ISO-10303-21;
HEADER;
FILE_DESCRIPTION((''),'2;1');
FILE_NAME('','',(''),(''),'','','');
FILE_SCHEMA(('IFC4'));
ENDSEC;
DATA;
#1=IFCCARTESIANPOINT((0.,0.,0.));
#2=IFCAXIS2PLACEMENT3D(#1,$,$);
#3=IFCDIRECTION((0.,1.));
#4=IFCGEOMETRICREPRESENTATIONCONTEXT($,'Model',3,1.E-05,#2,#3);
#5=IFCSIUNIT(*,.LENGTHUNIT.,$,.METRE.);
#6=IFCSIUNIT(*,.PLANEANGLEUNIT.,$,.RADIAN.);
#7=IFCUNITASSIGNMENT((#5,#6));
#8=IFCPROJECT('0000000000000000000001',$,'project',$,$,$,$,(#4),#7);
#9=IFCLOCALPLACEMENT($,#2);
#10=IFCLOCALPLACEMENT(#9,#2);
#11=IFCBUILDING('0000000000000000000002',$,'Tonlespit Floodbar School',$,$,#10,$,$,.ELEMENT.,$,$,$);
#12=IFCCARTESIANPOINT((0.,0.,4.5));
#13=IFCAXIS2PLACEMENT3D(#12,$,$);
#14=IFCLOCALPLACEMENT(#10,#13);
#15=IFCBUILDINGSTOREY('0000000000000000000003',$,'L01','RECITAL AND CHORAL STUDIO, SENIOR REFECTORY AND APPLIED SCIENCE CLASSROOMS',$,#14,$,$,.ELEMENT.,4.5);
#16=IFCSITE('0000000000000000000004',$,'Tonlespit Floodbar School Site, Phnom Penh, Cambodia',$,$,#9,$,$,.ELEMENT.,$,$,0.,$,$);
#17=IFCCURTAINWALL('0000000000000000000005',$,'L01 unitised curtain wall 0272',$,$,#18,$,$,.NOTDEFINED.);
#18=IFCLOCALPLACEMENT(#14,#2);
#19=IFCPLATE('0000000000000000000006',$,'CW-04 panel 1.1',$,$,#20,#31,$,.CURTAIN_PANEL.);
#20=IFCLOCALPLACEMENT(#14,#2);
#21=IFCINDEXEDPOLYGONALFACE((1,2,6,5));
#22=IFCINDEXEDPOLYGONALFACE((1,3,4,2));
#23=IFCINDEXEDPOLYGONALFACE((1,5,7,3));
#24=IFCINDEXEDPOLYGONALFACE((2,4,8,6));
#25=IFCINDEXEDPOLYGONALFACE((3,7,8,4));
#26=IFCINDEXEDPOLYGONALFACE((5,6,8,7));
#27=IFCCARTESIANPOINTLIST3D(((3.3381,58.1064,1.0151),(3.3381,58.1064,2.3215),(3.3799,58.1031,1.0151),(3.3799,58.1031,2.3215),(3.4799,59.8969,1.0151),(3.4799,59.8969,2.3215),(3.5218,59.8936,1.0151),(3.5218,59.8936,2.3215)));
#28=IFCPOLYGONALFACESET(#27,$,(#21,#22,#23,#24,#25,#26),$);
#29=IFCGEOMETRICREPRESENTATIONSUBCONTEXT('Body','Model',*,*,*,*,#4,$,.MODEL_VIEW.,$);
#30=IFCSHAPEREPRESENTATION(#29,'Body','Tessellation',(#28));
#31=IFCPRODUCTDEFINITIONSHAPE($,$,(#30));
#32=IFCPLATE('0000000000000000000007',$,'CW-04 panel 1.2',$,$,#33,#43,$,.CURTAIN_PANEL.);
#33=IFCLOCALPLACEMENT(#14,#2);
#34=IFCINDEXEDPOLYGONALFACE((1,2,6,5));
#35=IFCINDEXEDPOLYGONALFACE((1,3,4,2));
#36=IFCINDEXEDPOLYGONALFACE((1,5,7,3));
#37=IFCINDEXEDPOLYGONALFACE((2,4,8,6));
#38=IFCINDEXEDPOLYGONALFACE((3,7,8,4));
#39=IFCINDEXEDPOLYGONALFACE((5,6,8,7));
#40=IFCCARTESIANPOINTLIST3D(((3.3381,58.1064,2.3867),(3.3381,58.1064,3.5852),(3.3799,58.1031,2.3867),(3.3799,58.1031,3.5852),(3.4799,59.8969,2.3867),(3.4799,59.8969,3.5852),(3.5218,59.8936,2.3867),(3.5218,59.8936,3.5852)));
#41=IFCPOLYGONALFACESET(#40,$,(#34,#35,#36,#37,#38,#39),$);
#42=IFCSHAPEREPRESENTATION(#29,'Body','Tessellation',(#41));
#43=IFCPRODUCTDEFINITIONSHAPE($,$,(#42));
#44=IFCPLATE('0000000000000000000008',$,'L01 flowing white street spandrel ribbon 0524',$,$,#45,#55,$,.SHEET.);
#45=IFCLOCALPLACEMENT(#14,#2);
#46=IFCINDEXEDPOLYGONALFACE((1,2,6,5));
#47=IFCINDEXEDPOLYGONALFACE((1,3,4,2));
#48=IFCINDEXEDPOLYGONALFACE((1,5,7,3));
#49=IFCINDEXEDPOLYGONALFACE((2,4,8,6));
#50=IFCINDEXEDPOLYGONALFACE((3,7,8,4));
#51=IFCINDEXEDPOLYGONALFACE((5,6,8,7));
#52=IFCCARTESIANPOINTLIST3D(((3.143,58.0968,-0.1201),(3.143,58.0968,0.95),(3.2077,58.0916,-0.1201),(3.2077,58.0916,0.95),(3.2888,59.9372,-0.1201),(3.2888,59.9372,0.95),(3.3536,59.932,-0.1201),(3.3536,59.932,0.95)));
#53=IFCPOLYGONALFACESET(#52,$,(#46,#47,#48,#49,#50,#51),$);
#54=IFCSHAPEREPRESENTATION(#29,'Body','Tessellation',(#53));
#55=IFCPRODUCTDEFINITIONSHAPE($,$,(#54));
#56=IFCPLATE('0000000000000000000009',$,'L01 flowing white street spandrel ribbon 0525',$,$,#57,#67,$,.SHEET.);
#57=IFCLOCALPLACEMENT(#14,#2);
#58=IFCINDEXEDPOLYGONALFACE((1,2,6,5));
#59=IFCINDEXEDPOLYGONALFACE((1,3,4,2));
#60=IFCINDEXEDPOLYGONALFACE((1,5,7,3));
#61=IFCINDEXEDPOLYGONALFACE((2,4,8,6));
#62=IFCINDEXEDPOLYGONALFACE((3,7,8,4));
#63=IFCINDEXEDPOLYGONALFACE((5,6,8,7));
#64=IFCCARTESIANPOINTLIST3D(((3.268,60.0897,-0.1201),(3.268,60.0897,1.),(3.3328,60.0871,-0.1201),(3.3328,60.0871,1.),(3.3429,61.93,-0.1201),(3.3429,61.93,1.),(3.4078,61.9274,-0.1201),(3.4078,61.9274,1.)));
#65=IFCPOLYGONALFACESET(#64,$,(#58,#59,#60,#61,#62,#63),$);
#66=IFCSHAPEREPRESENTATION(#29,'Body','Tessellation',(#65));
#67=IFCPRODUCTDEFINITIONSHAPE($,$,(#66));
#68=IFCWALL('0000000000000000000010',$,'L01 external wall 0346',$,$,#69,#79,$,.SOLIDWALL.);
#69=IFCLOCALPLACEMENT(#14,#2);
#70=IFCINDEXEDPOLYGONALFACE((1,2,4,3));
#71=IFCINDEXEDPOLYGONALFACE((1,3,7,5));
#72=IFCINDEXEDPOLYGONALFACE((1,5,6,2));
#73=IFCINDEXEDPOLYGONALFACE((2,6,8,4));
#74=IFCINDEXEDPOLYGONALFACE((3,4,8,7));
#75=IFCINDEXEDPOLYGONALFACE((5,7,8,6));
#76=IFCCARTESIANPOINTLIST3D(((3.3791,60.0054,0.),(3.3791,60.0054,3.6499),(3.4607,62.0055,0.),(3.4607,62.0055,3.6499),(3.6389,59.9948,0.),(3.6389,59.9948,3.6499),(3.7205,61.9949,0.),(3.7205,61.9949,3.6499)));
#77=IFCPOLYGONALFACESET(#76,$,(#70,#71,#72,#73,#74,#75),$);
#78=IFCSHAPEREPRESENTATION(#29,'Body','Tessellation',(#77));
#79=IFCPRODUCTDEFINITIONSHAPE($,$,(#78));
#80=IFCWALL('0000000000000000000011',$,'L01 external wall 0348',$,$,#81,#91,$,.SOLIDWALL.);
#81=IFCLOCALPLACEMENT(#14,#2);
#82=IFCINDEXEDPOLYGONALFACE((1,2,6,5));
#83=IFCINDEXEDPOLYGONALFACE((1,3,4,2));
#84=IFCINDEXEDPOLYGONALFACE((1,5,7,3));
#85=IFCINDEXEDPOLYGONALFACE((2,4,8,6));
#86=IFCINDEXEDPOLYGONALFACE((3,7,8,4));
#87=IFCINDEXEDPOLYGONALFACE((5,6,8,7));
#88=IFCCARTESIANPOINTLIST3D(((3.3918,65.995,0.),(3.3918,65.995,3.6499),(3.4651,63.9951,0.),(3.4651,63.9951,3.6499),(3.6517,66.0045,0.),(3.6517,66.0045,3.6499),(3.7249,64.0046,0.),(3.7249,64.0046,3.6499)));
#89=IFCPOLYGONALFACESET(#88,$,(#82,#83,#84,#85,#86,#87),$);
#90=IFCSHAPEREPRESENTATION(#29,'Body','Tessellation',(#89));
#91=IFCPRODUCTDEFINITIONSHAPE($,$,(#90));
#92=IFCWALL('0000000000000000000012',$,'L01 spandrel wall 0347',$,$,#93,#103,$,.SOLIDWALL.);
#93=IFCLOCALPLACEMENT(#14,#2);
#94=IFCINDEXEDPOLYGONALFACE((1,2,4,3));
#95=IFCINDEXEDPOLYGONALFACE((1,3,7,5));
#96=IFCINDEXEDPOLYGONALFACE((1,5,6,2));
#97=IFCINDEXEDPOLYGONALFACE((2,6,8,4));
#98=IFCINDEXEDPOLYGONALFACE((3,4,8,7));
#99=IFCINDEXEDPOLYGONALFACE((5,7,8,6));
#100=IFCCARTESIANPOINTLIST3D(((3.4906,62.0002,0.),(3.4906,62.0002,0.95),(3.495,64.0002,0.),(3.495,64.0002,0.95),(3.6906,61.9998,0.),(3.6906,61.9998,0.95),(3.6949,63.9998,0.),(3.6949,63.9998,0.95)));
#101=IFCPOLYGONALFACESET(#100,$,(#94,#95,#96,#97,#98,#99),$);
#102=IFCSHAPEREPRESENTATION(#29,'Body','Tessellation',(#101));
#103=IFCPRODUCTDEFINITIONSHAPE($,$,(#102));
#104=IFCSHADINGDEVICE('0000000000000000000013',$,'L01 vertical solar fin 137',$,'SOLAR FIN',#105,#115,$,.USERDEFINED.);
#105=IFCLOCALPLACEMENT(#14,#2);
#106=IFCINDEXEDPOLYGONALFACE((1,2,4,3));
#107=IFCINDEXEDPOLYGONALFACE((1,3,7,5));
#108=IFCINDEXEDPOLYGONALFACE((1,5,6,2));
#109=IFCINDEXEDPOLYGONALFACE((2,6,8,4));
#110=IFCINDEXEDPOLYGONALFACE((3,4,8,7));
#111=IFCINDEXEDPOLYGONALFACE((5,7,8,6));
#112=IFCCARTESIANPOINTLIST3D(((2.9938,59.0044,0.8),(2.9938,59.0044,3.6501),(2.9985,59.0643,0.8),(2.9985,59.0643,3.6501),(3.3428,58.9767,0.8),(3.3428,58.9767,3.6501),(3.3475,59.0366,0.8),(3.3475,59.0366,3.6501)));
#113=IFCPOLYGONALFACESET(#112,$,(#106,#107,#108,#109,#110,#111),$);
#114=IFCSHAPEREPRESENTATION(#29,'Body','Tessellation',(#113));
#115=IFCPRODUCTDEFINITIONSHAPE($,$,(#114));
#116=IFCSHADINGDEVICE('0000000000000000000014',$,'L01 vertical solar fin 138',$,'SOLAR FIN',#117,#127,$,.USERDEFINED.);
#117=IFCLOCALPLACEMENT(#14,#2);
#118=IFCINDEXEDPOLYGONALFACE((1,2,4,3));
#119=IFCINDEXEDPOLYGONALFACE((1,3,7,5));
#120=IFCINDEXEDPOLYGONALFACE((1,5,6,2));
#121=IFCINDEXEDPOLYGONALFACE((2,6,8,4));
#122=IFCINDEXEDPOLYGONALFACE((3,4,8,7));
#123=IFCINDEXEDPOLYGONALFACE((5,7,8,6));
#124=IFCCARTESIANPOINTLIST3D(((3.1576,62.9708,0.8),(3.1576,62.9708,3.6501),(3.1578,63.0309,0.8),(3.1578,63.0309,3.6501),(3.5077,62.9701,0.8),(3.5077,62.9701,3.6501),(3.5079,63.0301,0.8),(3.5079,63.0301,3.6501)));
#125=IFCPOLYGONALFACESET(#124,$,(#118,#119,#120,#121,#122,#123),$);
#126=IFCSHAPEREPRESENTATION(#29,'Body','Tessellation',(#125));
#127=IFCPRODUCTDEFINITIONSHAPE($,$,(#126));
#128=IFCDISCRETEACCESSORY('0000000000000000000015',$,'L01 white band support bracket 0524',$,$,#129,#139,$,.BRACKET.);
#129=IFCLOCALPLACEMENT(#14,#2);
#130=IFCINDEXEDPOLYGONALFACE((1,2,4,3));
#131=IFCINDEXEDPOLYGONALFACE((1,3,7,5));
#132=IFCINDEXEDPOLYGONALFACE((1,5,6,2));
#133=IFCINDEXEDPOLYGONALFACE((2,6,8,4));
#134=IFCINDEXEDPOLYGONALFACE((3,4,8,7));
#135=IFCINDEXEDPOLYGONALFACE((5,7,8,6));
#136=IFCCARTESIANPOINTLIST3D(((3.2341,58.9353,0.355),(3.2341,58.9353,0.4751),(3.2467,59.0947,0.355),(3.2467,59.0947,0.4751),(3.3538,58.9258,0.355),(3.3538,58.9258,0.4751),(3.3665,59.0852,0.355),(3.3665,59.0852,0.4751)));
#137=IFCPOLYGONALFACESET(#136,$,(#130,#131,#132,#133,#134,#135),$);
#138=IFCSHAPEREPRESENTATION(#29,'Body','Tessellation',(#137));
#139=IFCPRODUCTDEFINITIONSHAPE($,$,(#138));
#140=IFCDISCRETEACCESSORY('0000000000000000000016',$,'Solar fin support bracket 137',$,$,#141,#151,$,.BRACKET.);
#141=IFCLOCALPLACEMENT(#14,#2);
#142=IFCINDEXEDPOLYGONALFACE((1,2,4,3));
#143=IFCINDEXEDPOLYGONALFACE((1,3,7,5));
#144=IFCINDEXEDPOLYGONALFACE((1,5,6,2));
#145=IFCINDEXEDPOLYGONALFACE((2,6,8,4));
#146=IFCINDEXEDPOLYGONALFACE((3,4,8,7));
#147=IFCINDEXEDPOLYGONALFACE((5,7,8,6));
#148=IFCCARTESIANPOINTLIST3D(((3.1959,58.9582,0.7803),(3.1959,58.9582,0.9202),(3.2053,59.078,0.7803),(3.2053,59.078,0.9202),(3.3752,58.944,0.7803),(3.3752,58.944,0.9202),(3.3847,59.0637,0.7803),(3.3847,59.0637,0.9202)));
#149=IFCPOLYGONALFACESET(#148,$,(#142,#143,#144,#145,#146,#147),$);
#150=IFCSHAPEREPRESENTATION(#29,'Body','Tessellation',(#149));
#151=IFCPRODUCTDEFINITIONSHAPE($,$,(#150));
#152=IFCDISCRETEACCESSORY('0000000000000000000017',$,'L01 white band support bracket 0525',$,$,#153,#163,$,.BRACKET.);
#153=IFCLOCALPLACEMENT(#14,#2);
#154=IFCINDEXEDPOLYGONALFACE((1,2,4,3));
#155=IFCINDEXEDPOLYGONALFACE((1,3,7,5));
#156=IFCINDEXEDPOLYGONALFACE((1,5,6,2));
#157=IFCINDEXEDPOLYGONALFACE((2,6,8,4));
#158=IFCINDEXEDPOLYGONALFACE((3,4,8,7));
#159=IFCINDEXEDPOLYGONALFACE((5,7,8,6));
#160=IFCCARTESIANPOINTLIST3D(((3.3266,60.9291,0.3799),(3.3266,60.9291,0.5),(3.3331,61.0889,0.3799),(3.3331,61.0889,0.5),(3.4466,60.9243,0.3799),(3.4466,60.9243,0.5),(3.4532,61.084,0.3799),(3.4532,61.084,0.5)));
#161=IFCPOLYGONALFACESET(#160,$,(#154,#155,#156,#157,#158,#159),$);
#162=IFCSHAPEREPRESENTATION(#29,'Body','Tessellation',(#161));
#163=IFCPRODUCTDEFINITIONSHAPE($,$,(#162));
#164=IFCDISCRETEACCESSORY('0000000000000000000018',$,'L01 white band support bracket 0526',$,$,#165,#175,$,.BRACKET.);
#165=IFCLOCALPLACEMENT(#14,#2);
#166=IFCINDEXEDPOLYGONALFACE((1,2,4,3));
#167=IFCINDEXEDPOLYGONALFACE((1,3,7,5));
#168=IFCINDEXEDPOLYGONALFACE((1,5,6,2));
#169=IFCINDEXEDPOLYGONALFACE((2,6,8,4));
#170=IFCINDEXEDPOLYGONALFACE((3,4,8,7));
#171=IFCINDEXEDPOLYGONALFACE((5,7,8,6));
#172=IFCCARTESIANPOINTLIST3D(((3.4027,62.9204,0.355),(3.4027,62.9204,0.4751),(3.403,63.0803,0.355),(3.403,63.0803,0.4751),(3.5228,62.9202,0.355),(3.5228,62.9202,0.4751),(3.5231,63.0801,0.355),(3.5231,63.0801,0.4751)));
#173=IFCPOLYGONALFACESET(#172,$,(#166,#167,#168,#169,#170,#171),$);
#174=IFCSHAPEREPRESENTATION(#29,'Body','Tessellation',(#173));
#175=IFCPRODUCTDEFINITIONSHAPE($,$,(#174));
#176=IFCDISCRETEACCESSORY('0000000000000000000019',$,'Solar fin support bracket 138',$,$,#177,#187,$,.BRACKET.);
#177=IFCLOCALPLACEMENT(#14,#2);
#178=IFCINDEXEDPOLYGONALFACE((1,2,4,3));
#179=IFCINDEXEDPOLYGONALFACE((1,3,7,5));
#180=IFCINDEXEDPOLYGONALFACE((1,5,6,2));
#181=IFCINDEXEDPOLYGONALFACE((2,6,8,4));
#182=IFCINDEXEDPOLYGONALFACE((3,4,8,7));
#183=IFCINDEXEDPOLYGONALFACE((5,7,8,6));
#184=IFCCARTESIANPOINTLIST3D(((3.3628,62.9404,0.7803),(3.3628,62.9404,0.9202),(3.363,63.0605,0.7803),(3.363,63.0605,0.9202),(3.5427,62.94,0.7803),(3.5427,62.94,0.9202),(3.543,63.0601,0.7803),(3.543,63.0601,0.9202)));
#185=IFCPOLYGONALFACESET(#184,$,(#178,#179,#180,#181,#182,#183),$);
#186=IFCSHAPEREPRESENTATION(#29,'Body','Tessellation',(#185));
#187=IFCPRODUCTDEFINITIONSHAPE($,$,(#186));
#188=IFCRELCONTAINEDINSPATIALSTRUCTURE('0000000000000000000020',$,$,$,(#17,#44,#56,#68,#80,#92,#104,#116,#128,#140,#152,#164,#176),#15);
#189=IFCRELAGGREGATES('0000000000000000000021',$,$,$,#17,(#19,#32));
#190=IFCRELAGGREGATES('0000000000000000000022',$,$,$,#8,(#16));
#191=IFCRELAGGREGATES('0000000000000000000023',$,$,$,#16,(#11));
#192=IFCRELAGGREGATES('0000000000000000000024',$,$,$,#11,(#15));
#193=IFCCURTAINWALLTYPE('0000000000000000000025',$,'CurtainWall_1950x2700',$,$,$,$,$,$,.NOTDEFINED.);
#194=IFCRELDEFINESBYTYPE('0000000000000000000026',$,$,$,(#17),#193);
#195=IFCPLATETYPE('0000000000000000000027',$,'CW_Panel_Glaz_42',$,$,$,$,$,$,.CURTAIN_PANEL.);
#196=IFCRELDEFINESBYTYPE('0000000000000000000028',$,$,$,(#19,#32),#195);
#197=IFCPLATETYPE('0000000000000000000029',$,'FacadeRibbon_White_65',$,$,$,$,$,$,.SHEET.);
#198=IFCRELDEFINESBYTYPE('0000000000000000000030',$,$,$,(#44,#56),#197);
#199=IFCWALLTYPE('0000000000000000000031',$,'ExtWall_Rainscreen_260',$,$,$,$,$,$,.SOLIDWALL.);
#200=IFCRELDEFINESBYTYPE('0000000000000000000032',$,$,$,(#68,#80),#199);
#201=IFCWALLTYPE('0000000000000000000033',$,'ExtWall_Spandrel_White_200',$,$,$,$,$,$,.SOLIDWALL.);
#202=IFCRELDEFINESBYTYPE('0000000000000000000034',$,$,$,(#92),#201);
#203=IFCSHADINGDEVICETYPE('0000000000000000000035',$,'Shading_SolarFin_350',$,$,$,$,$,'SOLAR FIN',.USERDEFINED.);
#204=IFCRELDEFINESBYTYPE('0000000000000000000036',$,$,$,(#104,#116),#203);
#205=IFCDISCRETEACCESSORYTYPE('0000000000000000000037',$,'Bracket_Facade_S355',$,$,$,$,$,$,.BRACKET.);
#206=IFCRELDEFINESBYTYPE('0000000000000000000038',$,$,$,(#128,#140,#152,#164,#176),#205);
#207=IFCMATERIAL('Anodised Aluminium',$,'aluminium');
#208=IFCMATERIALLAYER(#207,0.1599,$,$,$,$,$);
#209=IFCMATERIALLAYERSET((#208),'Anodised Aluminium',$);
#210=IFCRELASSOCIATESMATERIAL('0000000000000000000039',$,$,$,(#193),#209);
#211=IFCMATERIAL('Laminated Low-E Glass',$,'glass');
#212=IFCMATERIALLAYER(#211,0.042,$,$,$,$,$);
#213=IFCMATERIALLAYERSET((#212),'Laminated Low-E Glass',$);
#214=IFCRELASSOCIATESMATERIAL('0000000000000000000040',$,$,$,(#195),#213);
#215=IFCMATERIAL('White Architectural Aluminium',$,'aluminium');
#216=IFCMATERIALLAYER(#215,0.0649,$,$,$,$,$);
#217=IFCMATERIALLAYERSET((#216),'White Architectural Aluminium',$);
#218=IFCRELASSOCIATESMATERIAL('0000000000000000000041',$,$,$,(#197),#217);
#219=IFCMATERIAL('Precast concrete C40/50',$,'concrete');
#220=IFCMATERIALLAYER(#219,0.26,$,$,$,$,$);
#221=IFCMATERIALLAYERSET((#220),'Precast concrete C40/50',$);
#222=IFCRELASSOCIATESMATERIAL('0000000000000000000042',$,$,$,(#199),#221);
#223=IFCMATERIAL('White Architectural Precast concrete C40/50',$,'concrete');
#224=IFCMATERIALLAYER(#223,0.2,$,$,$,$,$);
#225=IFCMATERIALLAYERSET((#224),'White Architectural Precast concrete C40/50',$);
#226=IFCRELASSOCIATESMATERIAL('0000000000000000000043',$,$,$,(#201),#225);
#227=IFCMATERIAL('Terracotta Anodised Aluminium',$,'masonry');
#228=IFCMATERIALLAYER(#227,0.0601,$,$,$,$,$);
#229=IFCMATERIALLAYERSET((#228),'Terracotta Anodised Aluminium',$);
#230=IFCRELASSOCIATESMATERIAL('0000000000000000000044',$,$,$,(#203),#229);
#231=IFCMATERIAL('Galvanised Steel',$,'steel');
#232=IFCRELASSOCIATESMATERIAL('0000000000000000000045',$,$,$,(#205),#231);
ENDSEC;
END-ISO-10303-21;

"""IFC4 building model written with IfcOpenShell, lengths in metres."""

from ifc_helpers import new_model, si_unit, direction, frame, frame_2d, origin, origin_2d, place, context, subcontext, project, spatial, rectangle, extrude, material, layer, layer_set, type_object, element, aggregate, save


model = new_model("IFC4")

# Units and contexts
model_context = context("Model", 3, precision=1e-05, world=origin(), true_north=direction((0.0, 1.0)))
body_context = subcontext(model_context, "Body", "Model", "MODEL_VIEW")
ifc_project = project(units=[si_unit("LENGTHUNIT", "METRE"), si_unit("PLANEANGLEUNIT", "RADIAN")], contexts=[model_context])

# Site, building, storey
site_placement = place(None, origin())
site = spatial("IfcSite", under=ifc_project, at=site_placement, Name="Tonlespit Floodbar School Site, Phnom Penh, Cambodia", CompositionType="ELEMENT", RefElevation=0.0)
building_placement = place(site_placement, origin())
building = spatial("IfcBuilding", under=site, at=building_placement, Name="Tonlespit Floodbar School", CompositionType="ELEMENT")
storey_placement = place(building_placement, frame((0.0, 0.0, 4.5)))
storey = spatial("IfcBuildingStorey", under=building, at=storey_placement, Name="L01", Description="RECITAL AND CHORAL STUDIO, SENIOR REFECTORY AND APPLIED SCIENCE CLASSROOMS", CompositionType="ELEMENT", Elevation=4.5)

# Curtain wall
ifc_material_1 = material(Name="Anodised Aluminium", Category="aluminium")
ifc_layer_1 = layer(ifc_material_1, 0.1599)
ifc_layer_set_1 = layer_set([ifc_layer_1], Name="Anodised Aluminium")
curtain_wall_type_1 = type_object("IfcCurtainWallType", Name="CurtainWall_1950x2700", PredefinedType="NOTDEFINED", material=ifc_layer_set_1)
curtain_wall_1_placement = place(storey_placement, origin())
curtain_wall_1 = element("IfcCurtainWall", 1, at=curtain_wall_1_placement, inside=storey, type_object=curtain_wall_type_1, Name="L01 unitised curtain wall 0272", PredefinedType="NOTDEFINED")

# Plates
ifc_material_2 = material(Name="Laminated Low-E Glass", Category="glass")
ifc_layer_2 = layer(ifc_material_2, 0.042)
ifc_layer_set_2 = layer_set([ifc_layer_2], Name="Laminated Low-E Glass")
plate_type_1 = type_object("IfcPlateType", Name="CW_Panel_Glaz_42", PredefinedType="CURTAIN_PANEL", material=ifc_layer_set_2)
plate_1_placement = place(storey_placement, frame((3.4299, 59.0, 1.0151), z_axis=(0.0, 0.0, 1.0), x_axis=(0.078963, 0.996878, 0.0)))
plate_1 = element("IfcPlate", 2, at=plate_1_placement, type_object=plate_type_1, Name="CW-04 panel 1.1", PredefinedType="CURTAIN_PANEL", context=body_context, shape_type="SweptSolid", body=[
    extrude(rectangle(XDim=1.7961, YDim=0.042, at=origin_2d()), origin(), (0.0, 0.0, 1.0), 1.3064),
])
plate_2_placement = place(storey_placement, frame((3.4299, 59.0, 2.3867), z_axis=(0.0, 0.0, 1.0), x_axis=(0.078963, 0.996878, 0.0)))
plate_2 = element("IfcPlate", 3, at=plate_2_placement, type_object=plate_type_1, Name="CW-04 panel 1.2", PredefinedType="CURTAIN_PANEL", context=body_context, shape_type="SweptSolid", body=[
    extrude(rectangle(XDim=1.7961, YDim=0.042, at=origin_2d()), origin(), (0.0, 0.0, 1.0), 1.1985),
])
aggregate(curtain_wall_1, [plate_1, plate_2])

# Plates
ifc_material_3 = material(Name="White Architectural Aluminium", Category="aluminium")
ifc_layer_3 = layer(ifc_material_3, 0.0649)
ifc_layer_set_3 = layer_set([ifc_layer_3], Name="White Architectural Aluminium")
plate_type_2 = type_object("IfcPlateType", Name="FacadeRibbon_White_65", PredefinedType="SHEET", material=ifc_layer_set_3)
plate_3_placement = place(storey_placement, frame((3.2483, 59.0144, -0.1201), z_axis=(0.0, 0.0, 1.0), x_axis=(0.079002, 0.996874, 0.0)))
element("IfcPlate", 4, at=plate_3_placement, inside=storey, type_object=plate_type_2, Name="L01 flowing white street spandrel ribbon 0524", PredefinedType="SHEET", context=body_context, shape_type="SweptSolid", body=[
    extrude(rectangle(XDim=1.8462, YDim=0.0649, at=origin_2d()), origin(), (0.0, 0.0, 1.0), 1.0701),
])
plate_4_placement = place(storey_placement, frame((3.3379, 61.0085, -0.1201), z_axis=(0.0, 0.0, 1.0), x_axis=(0.040716, 0.999171, 0.0)))
element("IfcPlate", 5, at=plate_4_placement, inside=storey, type_object=plate_type_2, Name="L01 flowing white street spandrel ribbon 0525", PredefinedType="SHEET", context=body_context, shape_type="SweptSolid", body=[
    extrude(rectangle(XDim=1.8418, YDim=0.0649, at=origin_2d()), origin(), (0.0, 0.0, 1.0), 1.1201),
])

# Walls
ifc_material_4 = material(Name="Precast concrete C40/50", Category="concrete")
ifc_layer_4 = layer(ifc_material_4, 0.26)
ifc_layer_set_4 = layer_set([ifc_layer_4], Name="Precast concrete C40/50")
wall_type_1 = type_object("IfcWallType", Name="ExtWall_Rainscreen_260", PredefinedType="SOLIDWALL", material=ifc_layer_set_4)
wall_1_placement = place(storey_placement, frame((3.509, 60.0, 0.0), z_axis=(0.0, 0.0, 1.0), x_axis=(0.040738, 0.99917, 0.0)))
element("IfcWall", 6, at=wall_1_placement, inside=storey, type_object=wall_type_1, Name="L01 external wall 0346", PredefinedType="SOLIDWALL", context=body_context, shape_type="SweptSolid", body=[
    extrude(rectangle(XDim=2.0017, YDim=0.26, at=frame_2d((1.001, 0.0))), origin(), (0.0, 0.0, 1.0), 3.6499),
])
wall_2_placement = place(storey_placement, frame((3.595, 64.0, 0.0), z_axis=(0.0, 0.0, 1.0), x_axis=(-0.036597, 0.99933, 0.0)))
element("IfcWall", 7, at=wall_2_placement, inside=storey, type_object=wall_type_1, Name="L01 external wall 0348", PredefinedType="SOLIDWALL", context=body_context, shape_type="SweptSolid", body=[
    extrude(rectangle(XDim=2.0012, YDim=0.26, at=frame_2d((1.0005, 0.0))), origin(), (0.0, 0.0, 1.0), 3.6499),
])
ifc_material_5 = material(Name="White Architectural Precast concrete C40/50", Category="concrete")
ifc_layer_5 = layer(ifc_material_5, 0.2)
ifc_layer_set_5 = layer_set([ifc_layer_5], Name="White Architectural Precast concrete C40/50")
wall_type_2 = type_object("IfcWallType", Name="ExtWall_Spandrel_White_200", PredefinedType="SOLIDWALL", material=ifc_layer_set_5)
wall_3_placement = place(storey_placement, frame((3.5906, 62.0, 0.0), z_axis=(0.0, 0.0, 1.0), x_axis=(0.002197, 0.999998, 0.0)))
element("IfcWall", 8, at=wall_3_placement, inside=storey, type_object=wall_type_2, Name="L01 spandrel wall 0347", PredefinedType="SOLIDWALL", context=body_context, shape_type="SweptSolid", body=[
    extrude(rectangle(XDim=2.0, YDim=0.2, at=frame_2d((1.0, 0.0))), origin(), (0.0, 0.0, 1.0), 0.95),
])

# Shading devices
ifc_material_6 = material(Name="Terracotta Anodised Aluminium", Category="masonry")
ifc_layer_6 = layer(ifc_material_6, 0.0601)
ifc_layer_set_6 = layer_set([ifc_layer_6], Name="Terracotta Anodised Aluminium")
shading_device_type = type_object("IfcShadingDeviceType", Name="Shading_SolarFin_350", ElementType="SOLAR FIN", PredefinedType="USERDEFINED", material=ifc_layer_set_6)
for number, where, z_axis, x_axis, name in (
    (9, (3.1707, 59.0205, 0.8), (0.0, 0.0, 1.0), (0.079002, 0.996874, 0.0), "L01 vertical solar fin 137"),
    (10, (3.3328, 63.0005, 0.8), (0.0, 0.0, 1.0), (0.002201, 0.999998, 0.0), "L01 vertical solar fin 138"),
):
    element("IfcShadingDevice", number, at=place(storey_placement, frame(where, z_axis=z_axis, x_axis=x_axis)), inside=storey, type_object=shading_device_type, Name=name, ObjectType="SOLAR FIN", PredefinedType="USERDEFINED", context=body_context, shape_type="SweptSolid", body=[
        extrude(rectangle(XDim=0.0601, YDim=0.3501, at=origin_2d()), origin(), (0.0, 0.0, 1.0), 2.8501),
    ])

# Discrete accessories
ifc_material_7 = material(Name="Galvanised Steel", Category="steel")
discrete_accessory_type = type_object("IfcDiscreteAccessoryType", Name="Bracket_Facade_S355", PredefinedType="BRACKET", material=ifc_material_7)
discrete_accessory_1_placement = place(storey_placement, frame((3.3003, 59.0103, 0.355), z_axis=(0.0, 0.0, 1.0), x_axis=(0.079002, 0.996874, 0.0)))
element("IfcDiscreteAccessory", 11, at=discrete_accessory_1_placement, inside=storey, type_object=discrete_accessory_type, Name="L01 white band support bracket 0524", PredefinedType="BRACKET", context=body_context, shape_type="SweptSolid", body=[
    extrude(rectangle(XDim=0.1599, YDim=0.1201, at=origin_2d()), origin(), (0.0, 0.0, 1.0), 0.1201),
])
discrete_accessory_2_placement = place(storey_placement, frame((3.2903, 59.011, 0.7803), z_axis=(0.0, 0.0, 1.0), x_axis=(0.079002, 0.996874, 0.0)))
element("IfcDiscreteAccessory", 12, at=discrete_accessory_2_placement, inside=storey, type_object=discrete_accessory_type, Name="Solar fin support bracket 137", PredefinedType="BRACKET", context=body_context, shape_type="SweptSolid", body=[
    extrude(rectangle(XDim=0.1201, YDim=0.1799, at=origin_2d()), origin(), (0.0, 0.0, 1.0), 0.1399),
])
for number, where, z_axis, x_axis, name in (
    (13, (3.3899, 61.0066, 0.3799), (0.0, 0.0, 1.0), (0.040716, 0.999171, 0.0), "L01 white band support bracket 0525"),
    (14, (3.4629, 63.0002, 0.355), (0.0, 0.0, 1.0), (0.002201, 0.999998, 0.0), "L01 white band support bracket 0526"),
):
    element("IfcDiscreteAccessory", number, at=place(storey_placement, frame(where, z_axis=z_axis, x_axis=x_axis)), inside=storey, type_object=discrete_accessory_type, Name=name, PredefinedType="BRACKET", context=body_context, shape_type="SweptSolid", body=[
        extrude(rectangle(XDim=0.1599, YDim=0.1201, at=origin_2d()), origin(), (0.0, 0.0, 1.0), 0.1201),
    ])
discrete_accessory_3_placement = place(storey_placement, frame((3.4529, 63.0002, 0.7803), z_axis=(0.0, 0.0, 1.0), x_axis=(0.002201, 0.999998, 0.0)))
element("IfcDiscreteAccessory", 15, at=discrete_accessory_3_placement, inside=storey, type_object=discrete_accessory_type, Name="Solar fin support bracket 138", PredefinedType="BRACKET", context=body_context, shape_type="SweptSolid", body=[
    extrude(rectangle(XDim=0.1201, YDim=0.1799, at=origin_2d()), origin(), (0.0, 0.0, 1.0), 0.1399),
])

save(model, "model.ifc")
